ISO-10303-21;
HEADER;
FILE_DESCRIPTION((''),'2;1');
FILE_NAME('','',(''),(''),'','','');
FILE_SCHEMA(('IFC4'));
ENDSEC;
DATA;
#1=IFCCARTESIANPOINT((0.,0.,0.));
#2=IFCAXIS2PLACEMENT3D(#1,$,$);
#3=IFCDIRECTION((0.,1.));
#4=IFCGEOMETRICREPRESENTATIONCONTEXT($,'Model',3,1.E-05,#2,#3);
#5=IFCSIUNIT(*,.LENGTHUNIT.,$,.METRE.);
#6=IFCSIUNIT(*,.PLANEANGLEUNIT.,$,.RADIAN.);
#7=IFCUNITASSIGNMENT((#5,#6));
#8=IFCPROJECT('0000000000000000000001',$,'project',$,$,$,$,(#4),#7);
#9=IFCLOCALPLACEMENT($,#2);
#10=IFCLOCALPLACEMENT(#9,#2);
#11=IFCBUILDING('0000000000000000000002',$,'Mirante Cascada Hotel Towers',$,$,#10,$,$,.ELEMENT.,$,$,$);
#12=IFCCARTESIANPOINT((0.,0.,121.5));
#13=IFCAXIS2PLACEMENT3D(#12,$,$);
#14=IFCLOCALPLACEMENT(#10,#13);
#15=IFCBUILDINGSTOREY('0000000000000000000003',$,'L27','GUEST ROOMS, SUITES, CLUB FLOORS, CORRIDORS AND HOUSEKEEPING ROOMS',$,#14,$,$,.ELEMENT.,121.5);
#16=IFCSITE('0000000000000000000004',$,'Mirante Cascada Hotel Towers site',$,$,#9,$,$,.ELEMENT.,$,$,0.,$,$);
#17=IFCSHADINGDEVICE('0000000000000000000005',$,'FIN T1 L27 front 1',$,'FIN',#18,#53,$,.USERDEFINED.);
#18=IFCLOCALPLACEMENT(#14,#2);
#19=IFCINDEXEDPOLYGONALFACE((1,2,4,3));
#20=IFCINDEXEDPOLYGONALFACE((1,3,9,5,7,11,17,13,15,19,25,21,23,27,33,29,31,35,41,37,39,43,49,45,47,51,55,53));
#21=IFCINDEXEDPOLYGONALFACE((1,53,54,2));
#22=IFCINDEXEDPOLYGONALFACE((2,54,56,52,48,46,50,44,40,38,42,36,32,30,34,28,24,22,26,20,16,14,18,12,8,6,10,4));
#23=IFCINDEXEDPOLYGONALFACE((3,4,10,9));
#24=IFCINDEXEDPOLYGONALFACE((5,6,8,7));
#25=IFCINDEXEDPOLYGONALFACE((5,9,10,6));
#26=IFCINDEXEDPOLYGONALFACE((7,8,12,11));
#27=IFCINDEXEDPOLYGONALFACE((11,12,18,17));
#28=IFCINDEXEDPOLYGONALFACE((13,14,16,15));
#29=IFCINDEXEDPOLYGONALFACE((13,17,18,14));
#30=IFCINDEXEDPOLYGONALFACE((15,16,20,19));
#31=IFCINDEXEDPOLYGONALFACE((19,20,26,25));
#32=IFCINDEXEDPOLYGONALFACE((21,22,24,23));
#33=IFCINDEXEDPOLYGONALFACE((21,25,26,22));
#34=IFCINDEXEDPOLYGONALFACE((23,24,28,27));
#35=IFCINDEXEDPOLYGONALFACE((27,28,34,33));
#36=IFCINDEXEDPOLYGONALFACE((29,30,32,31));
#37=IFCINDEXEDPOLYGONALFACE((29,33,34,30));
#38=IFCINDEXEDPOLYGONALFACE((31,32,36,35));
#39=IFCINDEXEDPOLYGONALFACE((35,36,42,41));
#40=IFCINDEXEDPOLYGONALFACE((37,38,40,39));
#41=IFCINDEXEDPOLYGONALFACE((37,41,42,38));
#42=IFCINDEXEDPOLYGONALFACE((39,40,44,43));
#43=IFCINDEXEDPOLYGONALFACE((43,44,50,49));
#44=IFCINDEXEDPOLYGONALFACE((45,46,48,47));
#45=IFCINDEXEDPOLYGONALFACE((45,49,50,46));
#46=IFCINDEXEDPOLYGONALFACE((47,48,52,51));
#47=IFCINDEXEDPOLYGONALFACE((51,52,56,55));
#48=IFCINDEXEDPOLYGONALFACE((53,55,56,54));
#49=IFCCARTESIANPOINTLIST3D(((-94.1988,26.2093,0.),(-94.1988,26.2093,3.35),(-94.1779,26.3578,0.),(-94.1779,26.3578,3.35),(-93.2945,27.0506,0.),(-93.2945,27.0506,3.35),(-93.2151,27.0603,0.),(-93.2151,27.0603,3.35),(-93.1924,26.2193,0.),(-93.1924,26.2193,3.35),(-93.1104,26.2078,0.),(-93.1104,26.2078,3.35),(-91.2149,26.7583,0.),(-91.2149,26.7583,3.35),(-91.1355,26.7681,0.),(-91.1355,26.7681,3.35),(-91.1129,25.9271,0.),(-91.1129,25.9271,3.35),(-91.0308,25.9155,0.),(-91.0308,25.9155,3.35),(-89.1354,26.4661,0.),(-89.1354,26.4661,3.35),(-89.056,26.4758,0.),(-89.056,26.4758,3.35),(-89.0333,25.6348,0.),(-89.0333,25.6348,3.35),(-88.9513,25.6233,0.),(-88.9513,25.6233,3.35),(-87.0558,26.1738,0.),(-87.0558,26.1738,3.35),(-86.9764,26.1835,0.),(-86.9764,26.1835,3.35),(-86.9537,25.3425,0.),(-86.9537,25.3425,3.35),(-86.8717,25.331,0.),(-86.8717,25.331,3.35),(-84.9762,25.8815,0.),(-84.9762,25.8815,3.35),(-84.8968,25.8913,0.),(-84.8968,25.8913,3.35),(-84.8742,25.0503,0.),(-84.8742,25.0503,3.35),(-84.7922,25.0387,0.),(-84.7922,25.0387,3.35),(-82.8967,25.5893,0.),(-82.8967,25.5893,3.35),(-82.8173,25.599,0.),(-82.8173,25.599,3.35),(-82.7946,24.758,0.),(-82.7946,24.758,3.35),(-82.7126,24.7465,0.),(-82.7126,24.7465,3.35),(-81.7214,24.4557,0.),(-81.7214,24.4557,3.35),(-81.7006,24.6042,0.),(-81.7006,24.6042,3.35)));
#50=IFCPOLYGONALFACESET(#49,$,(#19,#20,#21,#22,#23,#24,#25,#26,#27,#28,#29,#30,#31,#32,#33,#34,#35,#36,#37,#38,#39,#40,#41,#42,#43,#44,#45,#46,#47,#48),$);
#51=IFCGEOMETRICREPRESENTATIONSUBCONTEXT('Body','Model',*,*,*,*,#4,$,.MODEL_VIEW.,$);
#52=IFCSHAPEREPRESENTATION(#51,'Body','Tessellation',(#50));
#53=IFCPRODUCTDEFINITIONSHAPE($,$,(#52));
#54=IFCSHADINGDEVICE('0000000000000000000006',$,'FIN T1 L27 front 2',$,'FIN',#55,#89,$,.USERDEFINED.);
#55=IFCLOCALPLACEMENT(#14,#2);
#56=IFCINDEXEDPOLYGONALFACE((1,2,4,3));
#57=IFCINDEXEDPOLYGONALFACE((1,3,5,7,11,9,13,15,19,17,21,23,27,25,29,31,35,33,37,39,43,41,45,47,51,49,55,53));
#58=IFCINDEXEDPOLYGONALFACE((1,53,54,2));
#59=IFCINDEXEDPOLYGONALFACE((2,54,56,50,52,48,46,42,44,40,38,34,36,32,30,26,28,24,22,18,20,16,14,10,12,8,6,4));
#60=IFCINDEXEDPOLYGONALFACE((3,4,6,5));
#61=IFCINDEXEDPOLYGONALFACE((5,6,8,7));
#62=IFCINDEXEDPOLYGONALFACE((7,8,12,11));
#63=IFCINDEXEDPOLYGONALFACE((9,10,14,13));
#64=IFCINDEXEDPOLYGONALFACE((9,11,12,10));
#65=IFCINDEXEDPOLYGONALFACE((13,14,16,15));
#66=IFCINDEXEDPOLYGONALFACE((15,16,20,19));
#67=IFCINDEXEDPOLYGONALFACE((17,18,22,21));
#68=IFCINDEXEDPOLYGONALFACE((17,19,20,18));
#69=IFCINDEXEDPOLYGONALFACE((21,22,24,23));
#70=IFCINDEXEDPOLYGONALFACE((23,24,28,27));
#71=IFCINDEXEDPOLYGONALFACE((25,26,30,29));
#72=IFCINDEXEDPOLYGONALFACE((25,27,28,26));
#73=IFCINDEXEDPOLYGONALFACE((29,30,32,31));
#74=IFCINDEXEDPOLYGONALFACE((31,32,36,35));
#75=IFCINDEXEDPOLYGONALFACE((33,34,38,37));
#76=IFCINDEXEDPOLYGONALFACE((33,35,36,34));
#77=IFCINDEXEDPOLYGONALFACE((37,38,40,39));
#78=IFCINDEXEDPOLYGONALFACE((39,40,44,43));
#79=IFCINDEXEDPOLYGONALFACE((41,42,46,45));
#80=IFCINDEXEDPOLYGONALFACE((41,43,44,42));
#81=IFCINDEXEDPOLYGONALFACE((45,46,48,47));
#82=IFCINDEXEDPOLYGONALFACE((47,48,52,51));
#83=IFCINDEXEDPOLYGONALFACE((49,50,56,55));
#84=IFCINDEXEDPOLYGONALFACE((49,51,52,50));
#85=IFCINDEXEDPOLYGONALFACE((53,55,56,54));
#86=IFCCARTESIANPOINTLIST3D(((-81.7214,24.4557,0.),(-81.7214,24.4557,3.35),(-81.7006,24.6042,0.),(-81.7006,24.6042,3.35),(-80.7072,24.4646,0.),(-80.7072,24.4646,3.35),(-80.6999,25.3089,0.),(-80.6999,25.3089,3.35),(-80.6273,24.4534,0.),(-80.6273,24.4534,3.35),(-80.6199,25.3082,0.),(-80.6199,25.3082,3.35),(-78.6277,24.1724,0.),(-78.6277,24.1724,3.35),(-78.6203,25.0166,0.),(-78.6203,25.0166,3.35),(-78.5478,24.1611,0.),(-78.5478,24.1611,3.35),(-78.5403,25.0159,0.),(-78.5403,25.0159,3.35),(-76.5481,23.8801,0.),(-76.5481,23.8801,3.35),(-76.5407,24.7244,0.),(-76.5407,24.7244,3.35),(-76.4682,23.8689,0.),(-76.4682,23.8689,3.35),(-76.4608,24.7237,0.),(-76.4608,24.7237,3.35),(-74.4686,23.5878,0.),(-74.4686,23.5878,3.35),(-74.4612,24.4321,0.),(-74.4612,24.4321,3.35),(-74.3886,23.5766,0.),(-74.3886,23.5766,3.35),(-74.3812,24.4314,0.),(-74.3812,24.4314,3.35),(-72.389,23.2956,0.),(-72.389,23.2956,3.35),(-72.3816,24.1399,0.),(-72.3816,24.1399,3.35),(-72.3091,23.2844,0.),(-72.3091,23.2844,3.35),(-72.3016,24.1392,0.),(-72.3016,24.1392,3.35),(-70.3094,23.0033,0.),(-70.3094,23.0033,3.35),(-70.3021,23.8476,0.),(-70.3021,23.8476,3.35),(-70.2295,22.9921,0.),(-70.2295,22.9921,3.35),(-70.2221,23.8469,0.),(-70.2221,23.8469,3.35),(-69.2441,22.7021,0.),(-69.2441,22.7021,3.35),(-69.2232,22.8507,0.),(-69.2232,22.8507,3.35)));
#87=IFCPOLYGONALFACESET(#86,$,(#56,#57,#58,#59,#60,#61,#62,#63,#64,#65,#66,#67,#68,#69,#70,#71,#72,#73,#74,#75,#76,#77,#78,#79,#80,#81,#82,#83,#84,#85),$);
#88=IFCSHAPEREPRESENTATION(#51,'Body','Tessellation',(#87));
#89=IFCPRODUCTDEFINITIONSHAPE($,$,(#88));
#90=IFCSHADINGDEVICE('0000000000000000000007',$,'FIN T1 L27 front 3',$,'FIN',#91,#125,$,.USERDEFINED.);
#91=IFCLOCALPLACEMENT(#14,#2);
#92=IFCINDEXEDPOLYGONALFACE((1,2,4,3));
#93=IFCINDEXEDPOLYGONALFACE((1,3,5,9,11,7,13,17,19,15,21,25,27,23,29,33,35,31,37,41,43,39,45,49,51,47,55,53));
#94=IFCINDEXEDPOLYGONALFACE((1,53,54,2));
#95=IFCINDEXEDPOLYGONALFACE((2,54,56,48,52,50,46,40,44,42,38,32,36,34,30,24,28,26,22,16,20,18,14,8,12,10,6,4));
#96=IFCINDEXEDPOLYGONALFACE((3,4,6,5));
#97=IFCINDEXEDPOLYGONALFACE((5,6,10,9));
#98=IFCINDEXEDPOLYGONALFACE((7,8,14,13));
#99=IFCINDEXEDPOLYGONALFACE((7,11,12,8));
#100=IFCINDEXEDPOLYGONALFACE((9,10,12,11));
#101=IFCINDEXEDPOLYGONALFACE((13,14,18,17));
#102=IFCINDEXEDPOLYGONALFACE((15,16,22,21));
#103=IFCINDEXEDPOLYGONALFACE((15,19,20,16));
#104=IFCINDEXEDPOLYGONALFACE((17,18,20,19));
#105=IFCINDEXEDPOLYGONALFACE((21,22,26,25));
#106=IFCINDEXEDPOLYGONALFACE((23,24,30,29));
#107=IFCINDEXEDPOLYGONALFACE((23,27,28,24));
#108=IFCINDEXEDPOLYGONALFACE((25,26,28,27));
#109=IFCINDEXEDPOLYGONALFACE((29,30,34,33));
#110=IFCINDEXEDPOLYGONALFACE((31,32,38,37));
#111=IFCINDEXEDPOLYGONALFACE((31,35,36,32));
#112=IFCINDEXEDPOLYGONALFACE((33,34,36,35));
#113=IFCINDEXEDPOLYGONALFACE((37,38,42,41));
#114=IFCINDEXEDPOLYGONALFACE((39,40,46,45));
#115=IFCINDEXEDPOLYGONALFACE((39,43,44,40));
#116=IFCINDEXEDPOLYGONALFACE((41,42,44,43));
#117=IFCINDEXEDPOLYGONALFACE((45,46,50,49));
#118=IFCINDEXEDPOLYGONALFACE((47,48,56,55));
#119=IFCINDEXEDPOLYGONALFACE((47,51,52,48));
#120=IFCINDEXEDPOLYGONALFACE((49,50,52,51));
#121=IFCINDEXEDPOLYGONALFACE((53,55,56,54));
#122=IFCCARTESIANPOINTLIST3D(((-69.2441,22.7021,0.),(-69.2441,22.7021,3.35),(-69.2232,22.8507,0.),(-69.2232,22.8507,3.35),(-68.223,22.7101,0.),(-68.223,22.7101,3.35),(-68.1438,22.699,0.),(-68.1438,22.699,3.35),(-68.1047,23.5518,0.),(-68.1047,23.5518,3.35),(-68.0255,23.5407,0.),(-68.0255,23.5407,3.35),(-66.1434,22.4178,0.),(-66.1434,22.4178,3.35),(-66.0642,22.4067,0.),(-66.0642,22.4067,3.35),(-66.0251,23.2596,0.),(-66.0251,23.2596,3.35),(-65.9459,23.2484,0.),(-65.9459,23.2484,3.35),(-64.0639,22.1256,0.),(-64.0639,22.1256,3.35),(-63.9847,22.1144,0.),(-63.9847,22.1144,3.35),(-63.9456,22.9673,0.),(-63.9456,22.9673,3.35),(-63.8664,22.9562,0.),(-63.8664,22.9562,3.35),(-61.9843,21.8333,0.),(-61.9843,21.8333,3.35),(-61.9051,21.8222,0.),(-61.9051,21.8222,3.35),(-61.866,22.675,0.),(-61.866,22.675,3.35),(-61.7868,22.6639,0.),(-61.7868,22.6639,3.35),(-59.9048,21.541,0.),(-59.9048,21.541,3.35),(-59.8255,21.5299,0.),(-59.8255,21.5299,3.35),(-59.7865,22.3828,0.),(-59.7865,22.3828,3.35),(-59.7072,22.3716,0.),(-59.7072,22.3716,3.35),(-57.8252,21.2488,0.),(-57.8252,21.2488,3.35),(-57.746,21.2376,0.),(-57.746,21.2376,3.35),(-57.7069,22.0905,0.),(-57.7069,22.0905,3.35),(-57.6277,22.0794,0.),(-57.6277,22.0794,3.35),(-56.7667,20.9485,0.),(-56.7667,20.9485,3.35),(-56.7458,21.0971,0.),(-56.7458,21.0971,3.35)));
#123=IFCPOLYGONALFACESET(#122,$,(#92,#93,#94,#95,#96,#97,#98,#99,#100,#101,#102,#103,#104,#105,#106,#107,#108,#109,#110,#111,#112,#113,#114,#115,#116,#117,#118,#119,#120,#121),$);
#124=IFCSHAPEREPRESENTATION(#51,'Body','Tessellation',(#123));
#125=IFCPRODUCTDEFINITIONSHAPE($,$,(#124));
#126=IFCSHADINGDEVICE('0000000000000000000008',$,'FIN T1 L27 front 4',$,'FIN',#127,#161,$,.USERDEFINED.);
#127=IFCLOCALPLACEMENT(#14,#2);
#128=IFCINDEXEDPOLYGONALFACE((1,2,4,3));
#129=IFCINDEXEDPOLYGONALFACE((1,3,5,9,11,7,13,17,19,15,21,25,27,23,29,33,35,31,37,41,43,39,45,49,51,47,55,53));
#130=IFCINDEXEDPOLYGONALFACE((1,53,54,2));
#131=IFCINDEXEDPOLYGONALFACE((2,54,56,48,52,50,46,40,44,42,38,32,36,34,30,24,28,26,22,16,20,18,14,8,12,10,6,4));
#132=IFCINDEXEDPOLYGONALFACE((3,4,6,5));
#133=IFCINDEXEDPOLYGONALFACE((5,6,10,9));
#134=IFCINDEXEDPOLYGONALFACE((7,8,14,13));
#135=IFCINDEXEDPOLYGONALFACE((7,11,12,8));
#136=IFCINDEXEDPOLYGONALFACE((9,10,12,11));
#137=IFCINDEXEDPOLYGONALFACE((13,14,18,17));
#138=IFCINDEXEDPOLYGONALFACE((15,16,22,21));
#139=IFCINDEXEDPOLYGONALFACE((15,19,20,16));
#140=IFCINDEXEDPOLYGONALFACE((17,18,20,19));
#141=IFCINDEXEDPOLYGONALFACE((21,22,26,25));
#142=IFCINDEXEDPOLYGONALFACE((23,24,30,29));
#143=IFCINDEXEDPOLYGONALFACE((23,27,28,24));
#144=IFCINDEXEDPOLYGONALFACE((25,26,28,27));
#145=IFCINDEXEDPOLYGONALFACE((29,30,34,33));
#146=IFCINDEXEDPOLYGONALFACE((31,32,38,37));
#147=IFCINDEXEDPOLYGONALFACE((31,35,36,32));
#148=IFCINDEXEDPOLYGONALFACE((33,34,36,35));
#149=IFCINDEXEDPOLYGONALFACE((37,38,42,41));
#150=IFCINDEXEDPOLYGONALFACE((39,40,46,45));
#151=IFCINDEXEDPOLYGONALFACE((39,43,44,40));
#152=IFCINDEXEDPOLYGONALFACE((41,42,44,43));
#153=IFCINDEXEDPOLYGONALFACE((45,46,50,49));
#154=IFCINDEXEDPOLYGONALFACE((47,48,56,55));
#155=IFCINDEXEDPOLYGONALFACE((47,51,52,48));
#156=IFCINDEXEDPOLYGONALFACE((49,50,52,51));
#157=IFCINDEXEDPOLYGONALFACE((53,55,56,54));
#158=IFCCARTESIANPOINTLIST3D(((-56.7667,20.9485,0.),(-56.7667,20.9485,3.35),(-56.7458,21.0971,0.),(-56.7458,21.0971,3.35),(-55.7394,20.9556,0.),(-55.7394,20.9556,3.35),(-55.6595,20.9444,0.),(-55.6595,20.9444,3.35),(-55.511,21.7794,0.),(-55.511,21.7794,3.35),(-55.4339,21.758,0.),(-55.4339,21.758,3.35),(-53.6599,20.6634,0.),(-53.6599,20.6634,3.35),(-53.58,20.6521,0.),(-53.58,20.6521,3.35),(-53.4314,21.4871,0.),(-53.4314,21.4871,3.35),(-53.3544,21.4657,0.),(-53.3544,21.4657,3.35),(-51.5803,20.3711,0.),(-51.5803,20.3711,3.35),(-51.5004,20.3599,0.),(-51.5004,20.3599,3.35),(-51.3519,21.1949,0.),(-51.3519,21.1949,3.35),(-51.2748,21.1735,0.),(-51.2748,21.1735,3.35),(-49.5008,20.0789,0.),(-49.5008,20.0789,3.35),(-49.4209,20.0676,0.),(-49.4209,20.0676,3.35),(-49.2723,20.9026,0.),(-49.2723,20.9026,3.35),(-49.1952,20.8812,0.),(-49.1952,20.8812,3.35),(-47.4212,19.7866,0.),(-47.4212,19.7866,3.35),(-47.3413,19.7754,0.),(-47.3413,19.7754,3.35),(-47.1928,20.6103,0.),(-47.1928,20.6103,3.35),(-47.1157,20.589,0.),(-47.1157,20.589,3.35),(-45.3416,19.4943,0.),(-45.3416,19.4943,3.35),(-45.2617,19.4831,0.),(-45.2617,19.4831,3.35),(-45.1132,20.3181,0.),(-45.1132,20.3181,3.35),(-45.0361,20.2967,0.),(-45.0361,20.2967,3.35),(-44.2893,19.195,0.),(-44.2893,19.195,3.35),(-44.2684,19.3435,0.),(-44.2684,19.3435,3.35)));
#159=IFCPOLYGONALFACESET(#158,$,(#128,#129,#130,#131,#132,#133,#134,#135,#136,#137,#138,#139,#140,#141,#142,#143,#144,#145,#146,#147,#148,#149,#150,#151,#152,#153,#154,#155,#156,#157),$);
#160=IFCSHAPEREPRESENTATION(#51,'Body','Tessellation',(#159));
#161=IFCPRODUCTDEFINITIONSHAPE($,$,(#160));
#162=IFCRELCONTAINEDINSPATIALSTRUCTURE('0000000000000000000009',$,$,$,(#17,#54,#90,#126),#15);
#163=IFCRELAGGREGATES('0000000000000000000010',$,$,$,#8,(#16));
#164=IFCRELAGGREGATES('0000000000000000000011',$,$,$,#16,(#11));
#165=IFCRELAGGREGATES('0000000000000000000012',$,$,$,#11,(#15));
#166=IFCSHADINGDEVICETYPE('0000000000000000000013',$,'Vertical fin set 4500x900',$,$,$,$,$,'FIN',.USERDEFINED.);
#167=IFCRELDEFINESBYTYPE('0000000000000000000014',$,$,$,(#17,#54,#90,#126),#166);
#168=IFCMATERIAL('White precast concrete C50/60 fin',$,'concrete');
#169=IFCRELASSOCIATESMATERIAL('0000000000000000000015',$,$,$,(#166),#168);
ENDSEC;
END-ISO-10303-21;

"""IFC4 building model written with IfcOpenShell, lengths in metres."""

from ifc_helpers import new_model, si_unit, direction, frame, origin, place, context, subcontext, project, spatial, polyline, outline, extrude, material, type_object, element, save


model = new_model("IFC4")

# Units and contexts
model_context = context("Model", 3, precision=1e-05, world=origin(), true_north=direction((0.0, 1.0)))
body_context = subcontext(model_context, "Body", "Model", "MODEL_VIEW")
ifc_project = project(units=[si_unit("LENGTHUNIT", "METRE"), si_unit("PLANEANGLEUNIT", "RADIAN")], contexts=[model_context])

# Site, building, storey
site_placement = place(None, origin())
site = spatial("IfcSite", under=ifc_project, at=site_placement, Name="Mirante Cascada Hotel Towers site", CompositionType="ELEMENT", RefElevation=0.0)
building_placement = place(site_placement, origin())
building = spatial("IfcBuilding", under=site, at=building_placement, Name="Mirante Cascada Hotel Towers", CompositionType="ELEMENT")
storey_placement = place(building_placement, frame((0.0, 0.0, 121.5)))
storey = spatial("IfcBuildingStorey", under=building, at=storey_placement, Name="L27", Description="GUEST ROOMS, SUITES, CLUB FLOORS, CORRIDORS AND HOUSEKEEPING ROOMS", CompositionType="ELEMENT", Elevation=121.5)

# Shading devices
ifc_material_1 = material(Name="White precast concrete C50/60 fin", Category="concrete")
shading_device_type = type_object("IfcShadingDeviceType", Name="Vertical fin set 4500x900", ElementType="FIN", PredefinedType="USERDEFINED", material=ifc_material_1)
shading_device_1_placement = place(storey_placement, origin())
element("IfcShadingDevice", 1, at=shading_device_1_placement, inside=storey, type_object=shading_device_type, Name="FIN T1 L27 front 1", ObjectType="FIN", PredefinedType="USERDEFINED", context=body_context, shape_type="SweptSolid", body=[
    extrude(outline(polyline([(-82.8173, 25.599), (-82.7126, 24.7465), (-81.7006, 24.6042), (-81.7214, 24.4557), (-94.1988, 26.2093), (-94.1779, 26.3578), (-93.1924, 26.2193), (-93.2945, 27.0506), (-93.2151, 27.0603), (-93.1104, 26.2078), (-91.1129, 25.9271), (-91.2149, 26.7583), (-91.1355, 26.7681), (-91.0308, 25.9155), (-89.0333, 25.6348), (-89.1354, 26.4661), (-89.056, 26.4758), (-88.9513, 25.6233), (-86.9537, 25.3425), (-87.0558, 26.1738), (-86.9764, 26.1835), (-86.8717, 25.331), (-84.8742, 25.0503), (-84.9762, 25.8815), (-84.8968, 25.8913), (-84.7922, 25.0387), (-82.7946, 24.758), (-82.8967, 25.5893), (-82.8173, 25.599)])), origin(), (0.0, 0.0, 1.0), 3.35),
])
shading_device_2_placement = place(storey_placement, origin())
element("IfcShadingDevice", 2, at=shading_device_2_placement, inside=storey, type_object=shading_device_type, Name="FIN T1 L27 front 2", ObjectType="FIN", PredefinedType="USERDEFINED", context=body_context, shape_type="SweptSolid", body=[
    extrude(outline(polyline([(-70.2221, 23.8469), (-70.2295, 22.9921), (-69.2232, 22.8507), (-69.2441, 22.7021), (-81.7214, 24.4557), (-81.7006, 24.6042), (-80.7072, 24.4646), (-80.6999, 25.3089), (-80.6199, 25.3082), (-80.6273, 24.4534), (-78.6277, 24.1724), (-78.6203, 25.0166), (-78.5403, 25.0159), (-78.5478, 24.1611), (-76.5481, 23.8801), (-76.5407, 24.7244), (-76.4608, 24.7237), (-76.4682, 23.8689), (-74.4686, 23.5878), (-74.4612, 24.4321), (-74.3812, 24.4314), (-74.3886, 23.5766), (-72.389, 23.2956), (-72.3816, 24.1399), (-72.3016, 24.1392), (-72.3091, 23.2844), (-70.3094, 23.0033), (-70.3021, 23.8476), (-70.2221, 23.8469)])), origin(), (0.0, 0.0, 1.0), 3.35),
])
shading_device_3_placement = place(storey_placement, origin())
element("IfcShadingDevice", 3, at=shading_device_3_placement, inside=storey, type_object=shading_device_type, Name="FIN T1 L27 front 3", ObjectType="FIN", PredefinedType="USERDEFINED", context=body_context, shape_type="SweptSolid", body=[
    extrude(outline(polyline([(-57.6277, 22.0794), (-57.746, 21.2376), (-56.7458, 21.0971), (-56.7667, 20.9485), (-69.2441, 22.7021), (-69.2232, 22.8507), (-68.223, 22.7101), (-68.1047, 23.5518), (-68.0255, 23.5407), (-68.1438, 22.699), (-66.1434, 22.4178), (-66.0251, 23.2596), (-65.9459, 23.2484), (-66.0642, 22.4067), (-64.0639, 22.1256), (-63.9456, 22.9673), (-63.8664, 22.9562), (-63.9847, 22.1144), (-61.9843, 21.8333), (-61.866, 22.675), (-61.7868, 22.6639), (-61.9051, 21.8222), (-59.9048, 21.541), (-59.7865, 22.3828), (-59.7072, 22.3716), (-59.8255, 21.5299), (-57.8252, 21.2488), (-57.7069, 22.0905), (-57.6277, 22.0794)])), origin(), (0.0, 0.0, 1.0), 3.35),
])
shading_device_4_placement = place(storey_placement, origin())
element("IfcShadingDevice", 4, at=shading_device_4_placement, inside=storey, type_object=shading_device_type, Name="FIN T1 L27 front 4", ObjectType="FIN", PredefinedType="USERDEFINED", context=body_context, shape_type="SweptSolid", body=[
    extrude(outline(polyline([(-45.0361, 20.2967), (-45.2617, 19.4831), (-44.2684, 19.3435), (-44.2893, 19.195), (-56.7667, 20.9485), (-56.7458, 21.0971), (-55.7394, 20.9556), (-55.511, 21.7794), (-55.4339, 21.758), (-55.6595, 20.9444), (-53.6599, 20.6634), (-53.4314, 21.4871), (-53.3544, 21.4657), (-53.58, 20.6521), (-51.5803, 20.3711), (-51.3519, 21.1949), (-51.2748, 21.1735), (-51.5004, 20.3599), (-49.5008, 20.0789), (-49.2723, 20.9026), (-49.1952, 20.8812), (-49.4209, 20.0676), (-47.4212, 19.7866), (-47.1928, 20.6103), (-47.1157, 20.589), (-47.3413, 19.7754), (-45.3416, 19.4943), (-45.1132, 20.3181), (-45.0361, 20.2967)])), origin(), (0.0, 0.0, 1.0), 3.35),
])

save(model, "model.ifc")
